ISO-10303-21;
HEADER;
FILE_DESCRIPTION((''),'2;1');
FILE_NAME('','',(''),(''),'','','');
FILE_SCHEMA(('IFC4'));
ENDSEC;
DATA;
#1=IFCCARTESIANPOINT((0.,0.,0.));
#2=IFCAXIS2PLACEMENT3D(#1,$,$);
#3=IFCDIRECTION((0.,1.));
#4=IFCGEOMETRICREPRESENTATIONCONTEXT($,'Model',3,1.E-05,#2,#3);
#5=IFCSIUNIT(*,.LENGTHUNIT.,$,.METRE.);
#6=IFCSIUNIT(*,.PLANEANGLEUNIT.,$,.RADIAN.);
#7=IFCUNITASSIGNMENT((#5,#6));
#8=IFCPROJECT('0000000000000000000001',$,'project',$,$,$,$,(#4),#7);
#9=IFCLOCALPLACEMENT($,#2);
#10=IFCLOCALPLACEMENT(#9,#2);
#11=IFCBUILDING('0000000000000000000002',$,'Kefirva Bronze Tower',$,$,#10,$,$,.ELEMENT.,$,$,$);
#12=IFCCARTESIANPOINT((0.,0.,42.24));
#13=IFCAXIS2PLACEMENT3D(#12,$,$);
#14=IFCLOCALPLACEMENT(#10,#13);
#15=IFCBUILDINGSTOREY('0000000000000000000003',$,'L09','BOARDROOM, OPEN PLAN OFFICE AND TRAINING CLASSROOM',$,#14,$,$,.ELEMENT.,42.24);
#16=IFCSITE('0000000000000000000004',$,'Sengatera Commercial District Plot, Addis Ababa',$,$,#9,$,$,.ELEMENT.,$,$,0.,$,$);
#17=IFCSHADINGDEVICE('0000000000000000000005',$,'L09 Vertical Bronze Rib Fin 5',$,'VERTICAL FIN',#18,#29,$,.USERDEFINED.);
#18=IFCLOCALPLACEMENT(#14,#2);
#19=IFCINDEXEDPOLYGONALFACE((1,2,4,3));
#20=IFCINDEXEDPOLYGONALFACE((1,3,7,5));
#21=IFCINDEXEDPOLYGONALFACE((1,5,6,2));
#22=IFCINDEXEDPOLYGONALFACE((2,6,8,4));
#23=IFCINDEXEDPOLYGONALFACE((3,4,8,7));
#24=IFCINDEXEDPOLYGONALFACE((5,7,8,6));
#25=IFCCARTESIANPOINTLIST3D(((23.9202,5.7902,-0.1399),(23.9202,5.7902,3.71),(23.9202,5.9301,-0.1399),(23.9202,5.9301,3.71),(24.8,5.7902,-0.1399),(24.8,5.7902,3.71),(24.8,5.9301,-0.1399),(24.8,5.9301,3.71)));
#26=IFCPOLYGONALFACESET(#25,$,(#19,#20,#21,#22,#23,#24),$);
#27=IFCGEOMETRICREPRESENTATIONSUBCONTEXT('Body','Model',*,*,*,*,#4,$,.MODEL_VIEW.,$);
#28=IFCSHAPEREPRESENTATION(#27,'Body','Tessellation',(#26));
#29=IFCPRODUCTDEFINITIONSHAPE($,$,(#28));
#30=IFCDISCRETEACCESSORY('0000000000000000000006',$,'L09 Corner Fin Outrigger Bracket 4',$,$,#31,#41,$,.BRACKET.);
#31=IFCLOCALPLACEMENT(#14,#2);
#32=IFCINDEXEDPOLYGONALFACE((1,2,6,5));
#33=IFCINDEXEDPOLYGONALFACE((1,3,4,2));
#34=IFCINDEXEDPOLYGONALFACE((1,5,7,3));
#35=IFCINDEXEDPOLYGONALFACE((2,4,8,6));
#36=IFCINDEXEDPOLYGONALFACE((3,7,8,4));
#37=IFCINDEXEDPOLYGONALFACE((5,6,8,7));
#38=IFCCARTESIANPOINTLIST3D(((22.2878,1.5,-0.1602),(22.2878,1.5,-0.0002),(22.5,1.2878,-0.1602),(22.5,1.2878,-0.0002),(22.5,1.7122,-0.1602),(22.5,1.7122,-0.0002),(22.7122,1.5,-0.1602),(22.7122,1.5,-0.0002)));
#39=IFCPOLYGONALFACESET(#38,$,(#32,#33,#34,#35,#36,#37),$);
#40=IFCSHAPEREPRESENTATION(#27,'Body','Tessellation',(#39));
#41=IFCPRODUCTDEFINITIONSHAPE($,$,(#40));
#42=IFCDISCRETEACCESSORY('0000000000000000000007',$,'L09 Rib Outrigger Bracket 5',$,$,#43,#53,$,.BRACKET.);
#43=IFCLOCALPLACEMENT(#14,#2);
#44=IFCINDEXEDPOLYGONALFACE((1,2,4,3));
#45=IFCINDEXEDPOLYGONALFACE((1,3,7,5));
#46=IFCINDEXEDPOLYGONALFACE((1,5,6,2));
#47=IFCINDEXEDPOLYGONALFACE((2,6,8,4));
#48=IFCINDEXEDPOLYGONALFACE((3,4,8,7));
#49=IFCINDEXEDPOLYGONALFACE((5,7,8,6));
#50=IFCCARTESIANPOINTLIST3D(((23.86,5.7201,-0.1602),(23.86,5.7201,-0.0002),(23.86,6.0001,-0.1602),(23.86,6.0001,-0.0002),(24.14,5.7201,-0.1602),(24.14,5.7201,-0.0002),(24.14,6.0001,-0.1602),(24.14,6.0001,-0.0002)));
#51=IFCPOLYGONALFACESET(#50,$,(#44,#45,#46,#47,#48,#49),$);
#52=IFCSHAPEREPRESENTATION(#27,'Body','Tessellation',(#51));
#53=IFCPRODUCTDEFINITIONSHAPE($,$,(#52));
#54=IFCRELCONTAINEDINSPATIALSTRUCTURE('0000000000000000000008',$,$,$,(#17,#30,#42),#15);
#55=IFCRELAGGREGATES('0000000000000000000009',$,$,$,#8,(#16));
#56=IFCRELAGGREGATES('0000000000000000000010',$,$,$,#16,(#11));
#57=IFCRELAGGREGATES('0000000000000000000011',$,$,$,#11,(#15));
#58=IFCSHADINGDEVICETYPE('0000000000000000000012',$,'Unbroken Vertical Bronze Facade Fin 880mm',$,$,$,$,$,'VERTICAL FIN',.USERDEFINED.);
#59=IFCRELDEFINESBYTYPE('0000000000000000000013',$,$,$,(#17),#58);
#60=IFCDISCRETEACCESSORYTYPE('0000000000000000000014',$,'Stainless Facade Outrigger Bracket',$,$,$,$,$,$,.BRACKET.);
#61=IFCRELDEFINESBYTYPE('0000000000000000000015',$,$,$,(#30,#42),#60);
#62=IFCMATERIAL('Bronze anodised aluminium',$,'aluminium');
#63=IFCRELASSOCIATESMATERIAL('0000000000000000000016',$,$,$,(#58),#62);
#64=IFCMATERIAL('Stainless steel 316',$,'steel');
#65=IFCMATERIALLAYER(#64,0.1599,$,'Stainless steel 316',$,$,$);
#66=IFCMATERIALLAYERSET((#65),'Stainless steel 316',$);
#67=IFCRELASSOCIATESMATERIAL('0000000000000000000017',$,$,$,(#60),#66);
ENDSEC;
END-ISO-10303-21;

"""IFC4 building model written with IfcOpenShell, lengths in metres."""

from ifc_helpers import new_model, si_unit, direction, frame, origin, origin_2d, place, context, subcontext, project, spatial, rectangle, extrude, material, layer, layer_set, material_profile, profile_set, type_object, element, save


model = new_model("IFC4")

# Units and contexts
model_context = context("Model", 3, precision=1e-05, world=origin(), true_north=direction((0.0, 1.0)))
body_context = subcontext(model_context, "Body", "Model", "MODEL_VIEW")
ifc_project = project(units=[si_unit("LENGTHUNIT", "METRE"), si_unit("PLANEANGLEUNIT", "RADIAN")], contexts=[model_context])

# Site, building, storey
site_placement = place(None, origin())
site = spatial("IfcSite", under=ifc_project, at=site_placement, Name="Sengatera Commercial District Plot, Addis Ababa", CompositionType="ELEMENT", RefElevation=0.0)
building_placement = place(site_placement, origin())
building = spatial("IfcBuilding", under=site, at=building_placement, Name="Kefirva Bronze Tower", CompositionType="ELEMENT")
storey_placement = place(building_placement, frame((0.0, 0.0, 42.24)))
storey = spatial("IfcBuildingStorey", under=building, at=storey_placement, Name="L09", Description="BOARDROOM, OPEN PLAN OFFICE AND TRAINING CLASSROOM", CompositionType="ELEMENT", Elevation=42.24)

# Shared definitions
ifc_material_1 = material(Name="Bronze anodised aluminium", Category="aluminium")

# Shading device
ifc_material_profile_1 = material_profile(ifc_material_1, rectangle(XDim=0.1399, YDim=0.8799, at=origin_2d()), Name="BRONZE FIN 140x880")
ifc_profile_set_1 = profile_set([ifc_material_profile_1], Name="Bronze anodised aluminium")
shading_device_type_1 = type_object("IfcShadingDeviceType", Name="Unbroken Vertical Bronze Facade Fin 880mm", ElementType="VERTICAL FIN", PredefinedType="USERDEFINED", material=ifc_profile_set_1)
shading_device_1_placement = place(storey_placement, frame((24.3601, 5.8601, -0.1399), z_axis=(0.0, 0.0, 1.0), x_axis=(0.0, 1.0, 0.0)))
element("IfcShadingDevice", 1, at=shading_device_1_placement, inside=storey, type_object=shading_device_type_1, Name="L09 Vertical Bronze Rib Fin 5", ObjectType="VERTICAL FIN", PredefinedType="USERDEFINED", context=body_context, shape_type="SweptSolid", body=[
    extrude(rectangle(XDim=0.1399, YDim=0.8799, at=origin_2d()), origin(), (0.0, 0.0, 1.0), 3.8499),
])

# Discrete accessories
ifc_material_2 = material(Name="Stainless steel 316", Category="steel")
ifc_layer_1 = layer(ifc_material_2, 0.1599, Name="Stainless steel 316")
ifc_layer_set_1 = layer_set([ifc_layer_1], Name="Stainless steel 316")
discrete_accessory_type = type_object("IfcDiscreteAccessoryType", Name="Stainless Facade Outrigger Bracket", PredefinedType="BRACKET", material=ifc_layer_set_1)
discrete_accessory_1_placement = place(storey_placement, frame((22.5, 1.5, -0.1602), z_axis=(0.0, 0.0, 1.0), x_axis=(0.707107, 0.707107, 0.0)))
element("IfcDiscreteAccessory", 2, at=discrete_accessory_1_placement, inside=storey, type_object=discrete_accessory_type, Name="L09 Corner Fin Outrigger Bracket 4", PredefinedType="BRACKET", context=body_context, shape_type="SweptSolid", body=[
    extrude(rectangle(XDim=0.3, YDim=0.3, at=origin_2d()), origin(), (0.0, 0.0, 1.0), 0.1599),
])
discrete_accessory_2_placement = place(storey_placement, frame((24.0, 5.8601, -0.1602), z_axis=(0.0, 0.0, 1.0), x_axis=(0.0, 1.0, 0.0)))
element("IfcDiscreteAccessory", 3, at=discrete_accessory_2_placement, inside=storey, type_object=discrete_accessory_type, Name="L09 Rib Outrigger Bracket 5", PredefinedType="BRACKET", context=body_context, shape_type="SweptSolid", body=[
    extrude(rectangle(XDim=0.28, YDim=0.28, at=origin_2d()), origin(), (0.0, 0.0, 1.0), 0.1599),
])

save(model, "model.ifc")
